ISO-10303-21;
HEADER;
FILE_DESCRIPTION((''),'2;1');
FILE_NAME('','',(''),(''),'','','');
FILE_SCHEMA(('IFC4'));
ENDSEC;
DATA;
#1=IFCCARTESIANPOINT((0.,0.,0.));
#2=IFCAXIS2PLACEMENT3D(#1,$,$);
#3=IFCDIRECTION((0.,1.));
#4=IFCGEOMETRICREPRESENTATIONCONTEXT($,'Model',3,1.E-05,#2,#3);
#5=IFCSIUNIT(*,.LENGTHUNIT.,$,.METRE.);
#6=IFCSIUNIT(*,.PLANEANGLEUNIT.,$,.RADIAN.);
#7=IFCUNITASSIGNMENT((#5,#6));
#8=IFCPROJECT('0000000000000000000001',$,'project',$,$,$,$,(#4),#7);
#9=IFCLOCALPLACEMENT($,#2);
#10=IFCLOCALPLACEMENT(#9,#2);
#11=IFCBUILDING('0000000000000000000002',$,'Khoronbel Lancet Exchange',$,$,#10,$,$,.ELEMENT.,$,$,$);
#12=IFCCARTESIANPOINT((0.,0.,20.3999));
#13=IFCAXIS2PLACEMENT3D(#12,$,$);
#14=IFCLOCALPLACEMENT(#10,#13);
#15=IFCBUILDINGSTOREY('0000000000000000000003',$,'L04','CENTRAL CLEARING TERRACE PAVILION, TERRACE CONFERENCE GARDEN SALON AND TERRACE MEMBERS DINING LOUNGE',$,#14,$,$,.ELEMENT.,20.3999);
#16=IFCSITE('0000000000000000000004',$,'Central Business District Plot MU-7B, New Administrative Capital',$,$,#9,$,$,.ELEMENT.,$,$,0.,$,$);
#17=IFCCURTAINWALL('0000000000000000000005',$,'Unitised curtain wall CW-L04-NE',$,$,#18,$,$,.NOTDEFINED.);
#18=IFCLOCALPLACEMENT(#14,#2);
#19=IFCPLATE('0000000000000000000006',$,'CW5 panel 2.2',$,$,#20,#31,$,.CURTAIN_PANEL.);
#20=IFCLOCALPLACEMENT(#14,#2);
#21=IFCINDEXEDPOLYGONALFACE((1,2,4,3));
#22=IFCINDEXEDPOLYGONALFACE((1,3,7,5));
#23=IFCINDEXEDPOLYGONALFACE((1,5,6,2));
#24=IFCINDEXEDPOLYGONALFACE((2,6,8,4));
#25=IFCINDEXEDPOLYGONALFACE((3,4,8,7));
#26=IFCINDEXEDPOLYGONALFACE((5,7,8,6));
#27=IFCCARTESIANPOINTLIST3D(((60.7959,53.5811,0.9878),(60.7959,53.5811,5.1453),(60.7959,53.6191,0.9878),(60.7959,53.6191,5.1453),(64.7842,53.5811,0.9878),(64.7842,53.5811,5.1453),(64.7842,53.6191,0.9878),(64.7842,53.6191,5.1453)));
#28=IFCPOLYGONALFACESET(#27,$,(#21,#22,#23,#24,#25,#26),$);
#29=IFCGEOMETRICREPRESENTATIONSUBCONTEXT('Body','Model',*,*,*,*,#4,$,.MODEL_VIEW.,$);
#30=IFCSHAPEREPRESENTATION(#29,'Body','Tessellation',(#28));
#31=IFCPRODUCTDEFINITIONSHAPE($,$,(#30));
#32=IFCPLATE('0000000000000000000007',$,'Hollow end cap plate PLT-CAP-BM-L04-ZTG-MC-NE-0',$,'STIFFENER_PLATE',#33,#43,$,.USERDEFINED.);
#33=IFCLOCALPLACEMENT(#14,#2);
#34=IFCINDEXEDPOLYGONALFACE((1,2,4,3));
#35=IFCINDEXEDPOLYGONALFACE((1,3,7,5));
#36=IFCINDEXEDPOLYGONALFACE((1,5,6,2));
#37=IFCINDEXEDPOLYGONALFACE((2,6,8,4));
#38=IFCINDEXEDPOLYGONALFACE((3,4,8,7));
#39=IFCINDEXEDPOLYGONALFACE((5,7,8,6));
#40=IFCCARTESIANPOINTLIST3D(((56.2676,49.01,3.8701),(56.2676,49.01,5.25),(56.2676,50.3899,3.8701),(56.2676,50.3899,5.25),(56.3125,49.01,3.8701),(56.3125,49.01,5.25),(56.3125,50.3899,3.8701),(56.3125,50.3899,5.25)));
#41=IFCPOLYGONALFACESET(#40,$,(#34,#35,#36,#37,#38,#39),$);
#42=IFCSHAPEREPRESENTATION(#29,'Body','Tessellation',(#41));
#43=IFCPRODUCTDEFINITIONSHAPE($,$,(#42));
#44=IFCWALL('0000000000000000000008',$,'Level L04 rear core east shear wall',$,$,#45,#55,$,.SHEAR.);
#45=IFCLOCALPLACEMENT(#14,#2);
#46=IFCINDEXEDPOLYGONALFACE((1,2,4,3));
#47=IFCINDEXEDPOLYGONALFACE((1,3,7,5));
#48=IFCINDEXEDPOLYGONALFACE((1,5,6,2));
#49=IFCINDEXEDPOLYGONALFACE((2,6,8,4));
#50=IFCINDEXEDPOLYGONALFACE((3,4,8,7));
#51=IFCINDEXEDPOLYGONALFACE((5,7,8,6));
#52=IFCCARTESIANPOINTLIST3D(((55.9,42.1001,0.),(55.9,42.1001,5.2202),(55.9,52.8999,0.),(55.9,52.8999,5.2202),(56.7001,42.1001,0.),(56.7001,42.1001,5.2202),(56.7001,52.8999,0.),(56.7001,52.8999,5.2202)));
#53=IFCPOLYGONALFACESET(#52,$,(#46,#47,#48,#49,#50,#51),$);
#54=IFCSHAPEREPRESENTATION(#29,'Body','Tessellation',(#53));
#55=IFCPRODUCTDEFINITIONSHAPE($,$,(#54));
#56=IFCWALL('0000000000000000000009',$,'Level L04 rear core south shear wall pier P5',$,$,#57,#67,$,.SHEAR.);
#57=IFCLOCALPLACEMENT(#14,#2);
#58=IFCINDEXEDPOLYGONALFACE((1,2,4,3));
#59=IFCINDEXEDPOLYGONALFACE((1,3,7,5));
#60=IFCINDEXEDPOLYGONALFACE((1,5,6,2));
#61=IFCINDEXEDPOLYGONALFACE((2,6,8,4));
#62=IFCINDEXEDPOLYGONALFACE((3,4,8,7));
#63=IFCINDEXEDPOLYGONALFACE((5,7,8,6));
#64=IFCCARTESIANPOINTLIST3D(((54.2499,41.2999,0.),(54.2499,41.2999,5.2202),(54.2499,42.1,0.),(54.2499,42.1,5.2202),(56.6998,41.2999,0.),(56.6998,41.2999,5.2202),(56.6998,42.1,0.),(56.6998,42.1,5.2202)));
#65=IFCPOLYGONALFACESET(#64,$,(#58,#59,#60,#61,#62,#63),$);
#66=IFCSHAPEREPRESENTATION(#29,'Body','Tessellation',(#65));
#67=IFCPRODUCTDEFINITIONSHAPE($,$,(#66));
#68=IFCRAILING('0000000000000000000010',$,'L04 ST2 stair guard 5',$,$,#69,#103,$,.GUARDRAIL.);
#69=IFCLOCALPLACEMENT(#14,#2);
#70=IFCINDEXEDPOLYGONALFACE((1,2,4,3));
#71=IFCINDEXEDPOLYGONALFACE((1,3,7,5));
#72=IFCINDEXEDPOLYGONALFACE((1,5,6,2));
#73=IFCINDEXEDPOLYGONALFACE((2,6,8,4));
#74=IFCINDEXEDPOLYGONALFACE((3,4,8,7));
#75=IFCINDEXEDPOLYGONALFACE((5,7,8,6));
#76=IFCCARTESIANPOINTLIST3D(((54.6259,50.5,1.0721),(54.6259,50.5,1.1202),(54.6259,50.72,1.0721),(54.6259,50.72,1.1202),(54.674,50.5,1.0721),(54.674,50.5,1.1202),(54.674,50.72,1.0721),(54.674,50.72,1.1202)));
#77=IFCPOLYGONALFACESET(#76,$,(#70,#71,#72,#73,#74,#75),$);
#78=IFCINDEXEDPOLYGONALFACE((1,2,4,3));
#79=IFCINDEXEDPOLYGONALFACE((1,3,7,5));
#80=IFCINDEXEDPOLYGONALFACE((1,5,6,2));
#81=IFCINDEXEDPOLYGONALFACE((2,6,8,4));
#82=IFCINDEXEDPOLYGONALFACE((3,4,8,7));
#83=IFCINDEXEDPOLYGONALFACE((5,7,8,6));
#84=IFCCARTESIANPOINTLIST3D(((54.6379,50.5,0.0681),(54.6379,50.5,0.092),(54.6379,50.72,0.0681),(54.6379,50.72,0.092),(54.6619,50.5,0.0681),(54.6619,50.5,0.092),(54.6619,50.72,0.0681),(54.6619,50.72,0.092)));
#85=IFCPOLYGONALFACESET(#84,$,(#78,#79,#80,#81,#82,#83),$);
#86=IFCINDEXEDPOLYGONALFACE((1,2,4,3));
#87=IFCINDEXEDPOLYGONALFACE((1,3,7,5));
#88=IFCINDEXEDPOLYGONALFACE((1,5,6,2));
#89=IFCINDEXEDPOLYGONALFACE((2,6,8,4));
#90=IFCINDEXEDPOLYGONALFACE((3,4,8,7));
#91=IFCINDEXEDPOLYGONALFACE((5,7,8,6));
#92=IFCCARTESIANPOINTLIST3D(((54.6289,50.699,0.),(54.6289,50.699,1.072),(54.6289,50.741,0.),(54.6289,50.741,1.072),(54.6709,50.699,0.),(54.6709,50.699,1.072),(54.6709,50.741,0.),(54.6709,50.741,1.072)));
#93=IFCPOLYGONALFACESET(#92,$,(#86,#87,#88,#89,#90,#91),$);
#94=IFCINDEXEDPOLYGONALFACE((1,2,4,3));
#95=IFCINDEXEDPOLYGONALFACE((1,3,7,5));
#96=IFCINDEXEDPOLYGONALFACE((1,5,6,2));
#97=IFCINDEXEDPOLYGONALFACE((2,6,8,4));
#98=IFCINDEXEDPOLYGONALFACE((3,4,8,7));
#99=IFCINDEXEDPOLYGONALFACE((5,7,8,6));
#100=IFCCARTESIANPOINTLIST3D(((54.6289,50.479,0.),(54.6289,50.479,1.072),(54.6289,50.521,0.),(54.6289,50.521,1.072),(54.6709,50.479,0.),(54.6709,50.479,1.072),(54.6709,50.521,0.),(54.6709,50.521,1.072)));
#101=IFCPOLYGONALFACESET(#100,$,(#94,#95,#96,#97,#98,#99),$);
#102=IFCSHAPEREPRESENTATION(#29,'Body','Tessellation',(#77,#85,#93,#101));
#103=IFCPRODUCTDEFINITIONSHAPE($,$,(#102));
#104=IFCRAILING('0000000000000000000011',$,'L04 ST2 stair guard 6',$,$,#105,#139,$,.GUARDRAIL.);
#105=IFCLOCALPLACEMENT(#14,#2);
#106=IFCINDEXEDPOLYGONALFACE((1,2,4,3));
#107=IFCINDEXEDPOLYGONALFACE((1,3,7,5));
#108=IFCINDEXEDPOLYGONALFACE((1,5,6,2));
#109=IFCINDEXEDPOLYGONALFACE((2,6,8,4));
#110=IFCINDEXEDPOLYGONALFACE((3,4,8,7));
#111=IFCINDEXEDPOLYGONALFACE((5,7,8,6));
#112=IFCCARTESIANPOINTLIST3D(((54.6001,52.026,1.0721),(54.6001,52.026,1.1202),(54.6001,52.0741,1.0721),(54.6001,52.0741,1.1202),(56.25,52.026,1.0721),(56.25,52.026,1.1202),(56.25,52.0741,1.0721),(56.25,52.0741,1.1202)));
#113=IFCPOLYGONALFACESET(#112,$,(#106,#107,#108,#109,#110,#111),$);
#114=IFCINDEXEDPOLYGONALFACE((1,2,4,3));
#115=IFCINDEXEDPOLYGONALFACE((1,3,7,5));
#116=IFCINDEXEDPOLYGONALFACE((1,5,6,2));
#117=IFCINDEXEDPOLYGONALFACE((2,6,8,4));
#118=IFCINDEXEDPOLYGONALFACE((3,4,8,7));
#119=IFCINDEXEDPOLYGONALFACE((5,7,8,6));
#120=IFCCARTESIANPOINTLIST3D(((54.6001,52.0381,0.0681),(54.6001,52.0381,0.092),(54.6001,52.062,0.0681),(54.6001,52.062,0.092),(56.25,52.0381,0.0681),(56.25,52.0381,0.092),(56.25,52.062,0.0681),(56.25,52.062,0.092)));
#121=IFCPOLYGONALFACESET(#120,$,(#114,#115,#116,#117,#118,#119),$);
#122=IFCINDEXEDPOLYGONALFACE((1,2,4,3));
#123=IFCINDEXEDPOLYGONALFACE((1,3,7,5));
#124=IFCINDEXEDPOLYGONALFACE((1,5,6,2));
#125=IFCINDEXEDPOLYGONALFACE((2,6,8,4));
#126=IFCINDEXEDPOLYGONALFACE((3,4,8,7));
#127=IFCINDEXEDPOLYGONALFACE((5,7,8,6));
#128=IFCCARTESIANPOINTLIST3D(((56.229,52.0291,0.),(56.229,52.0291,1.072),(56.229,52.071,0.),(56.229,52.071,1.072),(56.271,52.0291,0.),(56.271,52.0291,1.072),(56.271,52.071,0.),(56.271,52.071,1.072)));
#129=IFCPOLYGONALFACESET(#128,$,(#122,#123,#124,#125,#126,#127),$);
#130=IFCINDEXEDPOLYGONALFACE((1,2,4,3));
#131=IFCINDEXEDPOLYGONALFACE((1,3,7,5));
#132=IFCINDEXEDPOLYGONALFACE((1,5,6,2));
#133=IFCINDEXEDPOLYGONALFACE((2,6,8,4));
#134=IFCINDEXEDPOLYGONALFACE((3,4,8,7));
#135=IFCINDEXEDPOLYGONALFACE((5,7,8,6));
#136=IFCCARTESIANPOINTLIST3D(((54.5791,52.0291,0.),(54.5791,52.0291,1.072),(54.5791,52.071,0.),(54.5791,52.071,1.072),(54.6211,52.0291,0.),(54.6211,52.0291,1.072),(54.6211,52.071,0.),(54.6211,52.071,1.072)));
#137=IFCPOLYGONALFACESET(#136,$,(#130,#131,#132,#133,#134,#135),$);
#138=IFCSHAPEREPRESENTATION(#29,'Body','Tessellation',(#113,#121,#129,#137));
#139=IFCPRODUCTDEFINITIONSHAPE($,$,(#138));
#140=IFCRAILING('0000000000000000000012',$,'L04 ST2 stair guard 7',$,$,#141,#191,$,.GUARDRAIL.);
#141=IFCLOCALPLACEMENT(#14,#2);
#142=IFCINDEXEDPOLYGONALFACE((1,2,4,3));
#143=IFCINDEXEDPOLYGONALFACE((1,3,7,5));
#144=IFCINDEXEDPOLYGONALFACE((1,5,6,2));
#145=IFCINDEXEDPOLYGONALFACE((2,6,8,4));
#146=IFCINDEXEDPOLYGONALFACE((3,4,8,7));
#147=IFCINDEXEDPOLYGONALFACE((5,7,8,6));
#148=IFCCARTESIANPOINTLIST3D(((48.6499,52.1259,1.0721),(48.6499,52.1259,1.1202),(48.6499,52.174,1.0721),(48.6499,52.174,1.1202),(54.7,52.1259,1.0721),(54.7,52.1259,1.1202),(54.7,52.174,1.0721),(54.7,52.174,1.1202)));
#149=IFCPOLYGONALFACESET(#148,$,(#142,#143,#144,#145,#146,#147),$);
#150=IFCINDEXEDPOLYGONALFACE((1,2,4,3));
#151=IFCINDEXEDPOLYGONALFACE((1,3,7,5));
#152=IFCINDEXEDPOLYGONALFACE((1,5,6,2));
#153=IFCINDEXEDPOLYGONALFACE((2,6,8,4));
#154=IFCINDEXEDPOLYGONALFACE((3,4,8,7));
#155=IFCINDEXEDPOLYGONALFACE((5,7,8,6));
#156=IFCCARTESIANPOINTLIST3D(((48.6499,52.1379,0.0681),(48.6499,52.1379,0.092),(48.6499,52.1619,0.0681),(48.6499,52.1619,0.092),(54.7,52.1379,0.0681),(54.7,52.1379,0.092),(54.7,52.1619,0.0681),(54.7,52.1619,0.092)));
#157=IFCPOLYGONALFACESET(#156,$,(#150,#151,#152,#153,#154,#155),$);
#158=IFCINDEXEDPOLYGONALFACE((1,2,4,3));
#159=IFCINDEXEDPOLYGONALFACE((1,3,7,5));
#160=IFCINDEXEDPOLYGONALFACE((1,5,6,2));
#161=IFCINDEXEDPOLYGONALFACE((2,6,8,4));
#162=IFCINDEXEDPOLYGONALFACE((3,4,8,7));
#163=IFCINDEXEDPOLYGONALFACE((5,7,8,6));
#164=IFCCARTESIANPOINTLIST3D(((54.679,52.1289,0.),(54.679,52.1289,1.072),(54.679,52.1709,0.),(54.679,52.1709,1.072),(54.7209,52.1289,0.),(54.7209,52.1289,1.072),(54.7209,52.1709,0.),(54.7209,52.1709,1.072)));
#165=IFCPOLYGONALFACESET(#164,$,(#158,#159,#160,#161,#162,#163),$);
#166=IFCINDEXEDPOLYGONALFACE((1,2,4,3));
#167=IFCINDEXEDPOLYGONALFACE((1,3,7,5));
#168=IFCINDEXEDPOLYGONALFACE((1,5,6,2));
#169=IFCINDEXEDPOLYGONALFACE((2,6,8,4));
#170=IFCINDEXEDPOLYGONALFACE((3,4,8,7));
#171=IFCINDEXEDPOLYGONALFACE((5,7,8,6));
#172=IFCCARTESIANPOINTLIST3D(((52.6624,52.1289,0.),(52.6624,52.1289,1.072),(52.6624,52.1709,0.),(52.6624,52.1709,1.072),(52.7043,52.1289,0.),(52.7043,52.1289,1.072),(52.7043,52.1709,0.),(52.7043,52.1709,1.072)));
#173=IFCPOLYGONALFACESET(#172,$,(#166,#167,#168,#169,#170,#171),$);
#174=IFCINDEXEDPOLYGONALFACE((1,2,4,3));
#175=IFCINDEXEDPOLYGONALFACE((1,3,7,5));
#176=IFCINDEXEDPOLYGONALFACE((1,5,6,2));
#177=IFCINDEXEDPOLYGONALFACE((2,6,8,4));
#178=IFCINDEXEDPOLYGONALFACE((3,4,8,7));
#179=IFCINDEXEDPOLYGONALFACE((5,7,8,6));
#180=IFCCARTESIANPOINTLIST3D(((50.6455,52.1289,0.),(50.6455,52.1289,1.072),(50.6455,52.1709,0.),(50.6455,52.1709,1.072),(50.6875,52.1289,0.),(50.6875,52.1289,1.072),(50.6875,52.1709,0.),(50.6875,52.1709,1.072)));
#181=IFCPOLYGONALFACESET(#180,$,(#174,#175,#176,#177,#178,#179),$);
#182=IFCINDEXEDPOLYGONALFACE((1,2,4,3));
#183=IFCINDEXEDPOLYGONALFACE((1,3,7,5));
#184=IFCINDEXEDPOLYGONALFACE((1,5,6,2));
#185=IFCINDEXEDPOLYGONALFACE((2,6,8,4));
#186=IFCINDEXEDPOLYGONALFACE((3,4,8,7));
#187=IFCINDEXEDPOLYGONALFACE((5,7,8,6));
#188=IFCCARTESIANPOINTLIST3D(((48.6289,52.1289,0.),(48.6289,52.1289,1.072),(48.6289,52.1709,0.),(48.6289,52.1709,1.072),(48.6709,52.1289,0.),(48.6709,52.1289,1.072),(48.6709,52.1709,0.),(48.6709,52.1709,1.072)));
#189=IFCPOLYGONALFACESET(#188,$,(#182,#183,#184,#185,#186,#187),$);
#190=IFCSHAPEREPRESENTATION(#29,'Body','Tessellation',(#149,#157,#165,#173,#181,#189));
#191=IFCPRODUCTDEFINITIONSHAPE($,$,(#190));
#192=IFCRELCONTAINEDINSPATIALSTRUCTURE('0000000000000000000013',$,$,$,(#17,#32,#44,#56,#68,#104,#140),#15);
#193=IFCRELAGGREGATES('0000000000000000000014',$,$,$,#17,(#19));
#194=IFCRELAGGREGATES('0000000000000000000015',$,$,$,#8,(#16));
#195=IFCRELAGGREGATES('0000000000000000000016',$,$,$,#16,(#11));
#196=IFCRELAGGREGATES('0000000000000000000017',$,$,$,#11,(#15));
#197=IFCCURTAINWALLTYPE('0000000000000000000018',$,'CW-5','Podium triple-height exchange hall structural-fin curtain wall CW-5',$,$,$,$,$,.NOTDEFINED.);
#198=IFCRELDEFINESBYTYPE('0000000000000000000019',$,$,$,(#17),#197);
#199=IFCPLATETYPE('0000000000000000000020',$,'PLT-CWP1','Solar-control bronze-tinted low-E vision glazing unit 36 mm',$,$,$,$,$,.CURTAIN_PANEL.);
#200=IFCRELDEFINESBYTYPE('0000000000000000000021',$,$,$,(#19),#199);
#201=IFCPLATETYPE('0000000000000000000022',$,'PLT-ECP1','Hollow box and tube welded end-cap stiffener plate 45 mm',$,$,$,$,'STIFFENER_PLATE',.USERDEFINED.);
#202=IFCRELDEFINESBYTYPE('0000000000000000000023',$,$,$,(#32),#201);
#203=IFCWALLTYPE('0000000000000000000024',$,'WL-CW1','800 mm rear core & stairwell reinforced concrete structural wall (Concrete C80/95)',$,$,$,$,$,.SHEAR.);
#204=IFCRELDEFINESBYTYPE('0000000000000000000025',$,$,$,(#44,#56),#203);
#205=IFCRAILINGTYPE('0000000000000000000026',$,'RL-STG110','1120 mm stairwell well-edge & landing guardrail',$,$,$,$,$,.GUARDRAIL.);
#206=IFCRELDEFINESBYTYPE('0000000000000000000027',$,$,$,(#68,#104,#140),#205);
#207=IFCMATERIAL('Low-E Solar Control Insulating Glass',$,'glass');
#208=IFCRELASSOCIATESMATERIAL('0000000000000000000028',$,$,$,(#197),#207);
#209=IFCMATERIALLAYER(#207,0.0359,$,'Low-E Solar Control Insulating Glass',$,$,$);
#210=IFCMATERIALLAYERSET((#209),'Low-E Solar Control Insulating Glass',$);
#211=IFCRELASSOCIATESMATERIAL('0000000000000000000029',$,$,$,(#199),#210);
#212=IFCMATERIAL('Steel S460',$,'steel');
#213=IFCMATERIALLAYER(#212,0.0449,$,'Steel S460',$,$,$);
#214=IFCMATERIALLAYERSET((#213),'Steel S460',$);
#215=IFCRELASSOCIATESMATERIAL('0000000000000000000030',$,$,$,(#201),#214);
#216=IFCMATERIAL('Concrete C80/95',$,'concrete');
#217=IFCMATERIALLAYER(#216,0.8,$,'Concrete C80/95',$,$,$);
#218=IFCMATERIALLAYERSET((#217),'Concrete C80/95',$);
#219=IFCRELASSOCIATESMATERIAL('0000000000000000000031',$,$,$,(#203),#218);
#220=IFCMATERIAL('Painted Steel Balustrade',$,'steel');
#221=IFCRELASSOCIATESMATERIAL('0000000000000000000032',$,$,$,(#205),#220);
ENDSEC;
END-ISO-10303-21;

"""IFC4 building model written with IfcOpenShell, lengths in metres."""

from ifc_helpers import new_model, si_unit, direction, frame, frame_2d, origin, origin_2d, place, context, subcontext, project, spatial, rectangle, extrude, material, layer, layer_set, type_object, element, aggregate, save


model = new_model("IFC4")

# Units and contexts
model_context = context("Model", 3, precision=1e-05, world=origin(), true_north=direction((0.0, 1.0)))
body_context = subcontext(model_context, "Body", "Model", "MODEL_VIEW")
ifc_project = project(units=[si_unit("LENGTHUNIT", "METRE"), si_unit("PLANEANGLEUNIT", "RADIAN")], contexts=[model_context])

# Site, building, storey
site_placement = place(None, origin())
site = spatial("IfcSite", under=ifc_project, at=site_placement, Name="Central Business District Plot MU-7B, New Administrative Capital", CompositionType="ELEMENT", RefElevation=0.0)
building_placement = place(site_placement, origin())
building = spatial("IfcBuilding", under=site, at=building_placement, Name="Khoronbel Lancet Exchange", CompositionType="ELEMENT")
storey_placement = place(building_placement, frame((0.0, 0.0, 20.3999)))
storey = spatial("IfcBuildingStorey", under=building, at=storey_placement, Name="L04", Description="CENTRAL CLEARING TERRACE PAVILION, TERRACE CONFERENCE GARDEN SALON AND TERRACE MEMBERS DINING LOUNGE", CompositionType="ELEMENT", Elevation=20.3999)

# Shared definitions
ifc_material_1 = material(Name="Steel S460", Category="steel")

# Curtain wall, plate
ifc_material_2 = material(Name="Low-E Solar Control Insulating Glass", Category="glass")
curtain_wall_type = type_object("IfcCurtainWallType", Name="CW-5", Description="Podium triple-height exchange hall structural-fin curtain wall CW-5", PredefinedType="NOTDEFINED", material=ifc_material_2)
curtain_wall_placement = place(storey_placement, origin())
curtain_wall = element("IfcCurtainWall", 1, at=curtain_wall_placement, inside=storey, type_object=curtain_wall_type, Name="Unitised curtain wall CW-L04-NE", PredefinedType="NOTDEFINED")
ifc_layer_1 = layer(ifc_material_2, 0.0359, Name="Low-E Solar Control Insulating Glass")
ifc_layer_set_1 = layer_set([ifc_layer_1], Name="Low-E Solar Control Insulating Glass")
plate_type_1 = type_object("IfcPlateType", Name="PLT-CWP1", Description="Solar-control bronze-tinted low-E vision glazing unit 36 mm", PredefinedType="CURTAIN_PANEL", material=ifc_layer_set_1)
plate_1_placement = place(storey_placement, frame((62.79, 53.6001, 0.9878), z_axis=(0.0, 0.0, 1.0), x_axis=(1.0, 0.0, 0.0)))
plate_1 = element("IfcPlate", 2, at=plate_1_placement, type_object=plate_type_1, Name="CW5 panel 2.2", PredefinedType="CURTAIN_PANEL", context=body_context, shape_type="SweptSolid", body=[
    extrude(rectangle(XDim=3.9883, YDim=0.0381, at=origin_2d()), origin(), (0.0, 0.0, 1.0), 4.1575),
])
aggregate(curtain_wall, [plate_1])

# Plate
ifc_layer_2 = layer(ifc_material_1, 0.0449, Name="Steel S460")
ifc_layer_set_2 = layer_set([ifc_layer_2], Name="Steel S460")
plate_type_2 = type_object("IfcPlateType", Name="PLT-ECP1", Description="Hollow box and tube welded end-cap stiffener plate 45 mm", ElementType="STIFFENER_PLATE", PredefinedType="USERDEFINED", material=ifc_layer_set_2)
plate_2_placement = place(storey_placement, frame((56.29, 49.7, 3.8701), z_axis=(0.0, 0.0, 1.0), x_axis=(-1.0, 0.0, 0.0)))
element("IfcPlate", 3, at=plate_2_placement, inside=storey, type_object=plate_type_2, Name="Hollow end cap plate PLT-CAP-BM-L04-ZTG-MC-NE-0", ObjectType="STIFFENER_PLATE", PredefinedType="USERDEFINED", context=body_context, shape_type="SweptSolid", body=[
    extrude(rectangle(XDim=0.0449, YDim=1.3799, at=origin_2d()), origin(), (0.0, 0.0, 1.0), 1.3799),
])

# Walls
ifc_material_3 = material(Name="Concrete C80/95", Category="concrete")
ifc_layer_3 = layer(ifc_material_3, 0.8, Name="Concrete C80/95")
ifc_layer_set_3 = layer_set([ifc_layer_3], Name="Concrete C80/95")
wall_type = type_object("IfcWallType", Name="WL-CW1", Description="800 mm rear core & stairwell reinforced concrete structural wall (Concrete C80/95)", PredefinedType="SHEAR", material=ifc_layer_set_3)
wall_1_placement = place(storey_placement, frame((56.3, 52.8999, 0.0), z_axis=(0.0, 0.0, 1.0), x_axis=(0.0, -1.0, 0.0)))
element("IfcWall", 4, at=wall_1_placement, inside=storey, type_object=wall_type, Name="Level L04 rear core east shear wall", PredefinedType="SHEAR", context=body_context, shape_type="SweptSolid", body=[
    extrude(rectangle(XDim=10.7998, YDim=0.8, at=frame_2d((5.3999, 0.0))), origin(), (0.0, 0.0, 1.0), 5.2202),
])
wall_2_placement = place(storey_placement, frame((56.7, 41.7, 0.0), z_axis=(0.0, 0.0, 1.0), x_axis=(-1.0, 0.0, 0.0)))
element("IfcWall", 5, at=wall_2_placement, inside=storey, type_object=wall_type, Name="Level L04 rear core south shear wall pier P5", PredefinedType="SHEAR", context=body_context, shape_type="SweptSolid", body=[
    extrude(rectangle(XDim=2.45, YDim=0.8, at=frame_2d((1.2251, 0.0))), origin(), (0.0, 0.0, 1.0), 5.2202),
])

# Railings
ifc_material_4 = material(Name="Painted Steel Balustrade", Category="steel")
railing_type_1 = type_object("IfcRailingType", Name="RL-STG110", Description="1120 mm stairwell well-edge & landing guardrail", PredefinedType="GUARDRAIL", material=ifc_material_4)
railing_1_placement = place(storey_placement, frame((54.6499, 50.72, 0.0)))
element("IfcRailing", 6, at=railing_1_placement, inside=storey, type_object=railing_type_1, Name="L04 ST2 stair guard 5", PredefinedType="GUARDRAIL", context=body_context, shape_type="SweptSolid", body=[
    extrude(rectangle(XDim=0.0481, YDim=0.0481, at=origin_2d()), frame((0.0, 0.0, 1.0962), z_axis=(0.0, -1.0, 0.0), x_axis=(1.0, 0.0, 0.0)), (0.0, 0.0, 1.0), 0.22),
    extrude(rectangle(XDim=0.0239, YDim=0.0239, at=origin_2d()), frame((0.0, 0.0, 0.0801), z_axis=(0.0, -1.0, 0.0), x_axis=(1.0, 0.0, 0.0)), (0.0, 0.0, 1.0), 0.22),
    extrude(rectangle(XDim=0.042, YDim=0.042, at=origin_2d()), origin(), (0.0, 0.0, 1.0), 1.072),
    extrude(rectangle(XDim=0.042, YDim=0.042, at=origin_2d()), frame((0.0, -0.22, 0.0)), (0.0, 0.0, 1.0), 1.072),
])
railing_2_placement = place(storey_placement, frame((56.25, 52.05, 0.0)))
element("IfcRailing", 7, at=railing_2_placement, inside=storey, type_object=railing_type_1, Name="L04 ST2 stair guard 6", PredefinedType="GUARDRAIL", context=body_context, shape_type="SweptSolid", body=[
    extrude(rectangle(XDim=0.0481, YDim=0.0481, at=origin_2d()), frame((0.0, 0.0, 1.0962), z_axis=(-1.0, 0.0, 0.0), x_axis=(0.0, -1.0, 0.0)), (0.0, 0.0, 1.0), 1.6499),
    extrude(rectangle(XDim=0.0239, YDim=0.0239, at=origin_2d()), frame((0.0, 0.0, 0.0801), z_axis=(-1.0, 0.0, 0.0), x_axis=(0.0, -1.0, 0.0)), (0.0, 0.0, 1.0), 1.6499),
    extrude(rectangle(XDim=0.042, YDim=0.042, at=origin_2d()), origin(), (0.0, 0.0, 1.0), 1.072),
    extrude(rectangle(XDim=0.042, YDim=0.042, at=origin_2d()), frame((-1.6499, 0.0, 0.0)), (0.0, 0.0, 1.0), 1.072),
])
railing_3_placement = place(storey_placement, frame((54.7, 52.1499, 0.0)))
element("IfcRailing", 8, at=railing_3_placement, inside=storey, type_object=railing_type_1, Name="L04 ST2 stair guard 7", PredefinedType="GUARDRAIL", context=body_context, shape_type="SweptSolid", body=[
    extrude(rectangle(XDim=0.0481, YDim=0.0481, at=origin_2d()), frame((0.0, 0.0, 1.0962), z_axis=(-1.0, 0.0, 0.0), x_axis=(0.0, -1.0, 0.0)), (0.0, 0.0, 1.0), 6.05),
    extrude(rectangle(XDim=0.0239, YDim=0.0239, at=origin_2d()), frame((0.0, 0.0, 0.0801), z_axis=(-1.0, 0.0, 0.0), x_axis=(0.0, -1.0, 0.0)), (0.0, 0.0, 1.0), 6.05),
    extrude(rectangle(XDim=0.042, YDim=0.042, at=origin_2d()), origin(), (0.0, 0.0, 1.0), 1.072),
    extrude(rectangle(XDim=0.042, YDim=0.042, at=origin_2d()), frame((-2.0166, 0.0, 0.0)), (0.0, 0.0, 1.0), 1.072),
    extrude(rectangle(XDim=0.042, YDim=0.042, at=origin_2d()), frame((-4.0334, 0.0, 0.0)), (0.0, 0.0, 1.0), 1.072),
    extrude(rectangle(XDim=0.042, YDim=0.042, at=origin_2d()), frame((-6.05, 0.0, 0.0)), (0.0, 0.0, 1.0), 1.072),
])

save(model, "model.ifc")
